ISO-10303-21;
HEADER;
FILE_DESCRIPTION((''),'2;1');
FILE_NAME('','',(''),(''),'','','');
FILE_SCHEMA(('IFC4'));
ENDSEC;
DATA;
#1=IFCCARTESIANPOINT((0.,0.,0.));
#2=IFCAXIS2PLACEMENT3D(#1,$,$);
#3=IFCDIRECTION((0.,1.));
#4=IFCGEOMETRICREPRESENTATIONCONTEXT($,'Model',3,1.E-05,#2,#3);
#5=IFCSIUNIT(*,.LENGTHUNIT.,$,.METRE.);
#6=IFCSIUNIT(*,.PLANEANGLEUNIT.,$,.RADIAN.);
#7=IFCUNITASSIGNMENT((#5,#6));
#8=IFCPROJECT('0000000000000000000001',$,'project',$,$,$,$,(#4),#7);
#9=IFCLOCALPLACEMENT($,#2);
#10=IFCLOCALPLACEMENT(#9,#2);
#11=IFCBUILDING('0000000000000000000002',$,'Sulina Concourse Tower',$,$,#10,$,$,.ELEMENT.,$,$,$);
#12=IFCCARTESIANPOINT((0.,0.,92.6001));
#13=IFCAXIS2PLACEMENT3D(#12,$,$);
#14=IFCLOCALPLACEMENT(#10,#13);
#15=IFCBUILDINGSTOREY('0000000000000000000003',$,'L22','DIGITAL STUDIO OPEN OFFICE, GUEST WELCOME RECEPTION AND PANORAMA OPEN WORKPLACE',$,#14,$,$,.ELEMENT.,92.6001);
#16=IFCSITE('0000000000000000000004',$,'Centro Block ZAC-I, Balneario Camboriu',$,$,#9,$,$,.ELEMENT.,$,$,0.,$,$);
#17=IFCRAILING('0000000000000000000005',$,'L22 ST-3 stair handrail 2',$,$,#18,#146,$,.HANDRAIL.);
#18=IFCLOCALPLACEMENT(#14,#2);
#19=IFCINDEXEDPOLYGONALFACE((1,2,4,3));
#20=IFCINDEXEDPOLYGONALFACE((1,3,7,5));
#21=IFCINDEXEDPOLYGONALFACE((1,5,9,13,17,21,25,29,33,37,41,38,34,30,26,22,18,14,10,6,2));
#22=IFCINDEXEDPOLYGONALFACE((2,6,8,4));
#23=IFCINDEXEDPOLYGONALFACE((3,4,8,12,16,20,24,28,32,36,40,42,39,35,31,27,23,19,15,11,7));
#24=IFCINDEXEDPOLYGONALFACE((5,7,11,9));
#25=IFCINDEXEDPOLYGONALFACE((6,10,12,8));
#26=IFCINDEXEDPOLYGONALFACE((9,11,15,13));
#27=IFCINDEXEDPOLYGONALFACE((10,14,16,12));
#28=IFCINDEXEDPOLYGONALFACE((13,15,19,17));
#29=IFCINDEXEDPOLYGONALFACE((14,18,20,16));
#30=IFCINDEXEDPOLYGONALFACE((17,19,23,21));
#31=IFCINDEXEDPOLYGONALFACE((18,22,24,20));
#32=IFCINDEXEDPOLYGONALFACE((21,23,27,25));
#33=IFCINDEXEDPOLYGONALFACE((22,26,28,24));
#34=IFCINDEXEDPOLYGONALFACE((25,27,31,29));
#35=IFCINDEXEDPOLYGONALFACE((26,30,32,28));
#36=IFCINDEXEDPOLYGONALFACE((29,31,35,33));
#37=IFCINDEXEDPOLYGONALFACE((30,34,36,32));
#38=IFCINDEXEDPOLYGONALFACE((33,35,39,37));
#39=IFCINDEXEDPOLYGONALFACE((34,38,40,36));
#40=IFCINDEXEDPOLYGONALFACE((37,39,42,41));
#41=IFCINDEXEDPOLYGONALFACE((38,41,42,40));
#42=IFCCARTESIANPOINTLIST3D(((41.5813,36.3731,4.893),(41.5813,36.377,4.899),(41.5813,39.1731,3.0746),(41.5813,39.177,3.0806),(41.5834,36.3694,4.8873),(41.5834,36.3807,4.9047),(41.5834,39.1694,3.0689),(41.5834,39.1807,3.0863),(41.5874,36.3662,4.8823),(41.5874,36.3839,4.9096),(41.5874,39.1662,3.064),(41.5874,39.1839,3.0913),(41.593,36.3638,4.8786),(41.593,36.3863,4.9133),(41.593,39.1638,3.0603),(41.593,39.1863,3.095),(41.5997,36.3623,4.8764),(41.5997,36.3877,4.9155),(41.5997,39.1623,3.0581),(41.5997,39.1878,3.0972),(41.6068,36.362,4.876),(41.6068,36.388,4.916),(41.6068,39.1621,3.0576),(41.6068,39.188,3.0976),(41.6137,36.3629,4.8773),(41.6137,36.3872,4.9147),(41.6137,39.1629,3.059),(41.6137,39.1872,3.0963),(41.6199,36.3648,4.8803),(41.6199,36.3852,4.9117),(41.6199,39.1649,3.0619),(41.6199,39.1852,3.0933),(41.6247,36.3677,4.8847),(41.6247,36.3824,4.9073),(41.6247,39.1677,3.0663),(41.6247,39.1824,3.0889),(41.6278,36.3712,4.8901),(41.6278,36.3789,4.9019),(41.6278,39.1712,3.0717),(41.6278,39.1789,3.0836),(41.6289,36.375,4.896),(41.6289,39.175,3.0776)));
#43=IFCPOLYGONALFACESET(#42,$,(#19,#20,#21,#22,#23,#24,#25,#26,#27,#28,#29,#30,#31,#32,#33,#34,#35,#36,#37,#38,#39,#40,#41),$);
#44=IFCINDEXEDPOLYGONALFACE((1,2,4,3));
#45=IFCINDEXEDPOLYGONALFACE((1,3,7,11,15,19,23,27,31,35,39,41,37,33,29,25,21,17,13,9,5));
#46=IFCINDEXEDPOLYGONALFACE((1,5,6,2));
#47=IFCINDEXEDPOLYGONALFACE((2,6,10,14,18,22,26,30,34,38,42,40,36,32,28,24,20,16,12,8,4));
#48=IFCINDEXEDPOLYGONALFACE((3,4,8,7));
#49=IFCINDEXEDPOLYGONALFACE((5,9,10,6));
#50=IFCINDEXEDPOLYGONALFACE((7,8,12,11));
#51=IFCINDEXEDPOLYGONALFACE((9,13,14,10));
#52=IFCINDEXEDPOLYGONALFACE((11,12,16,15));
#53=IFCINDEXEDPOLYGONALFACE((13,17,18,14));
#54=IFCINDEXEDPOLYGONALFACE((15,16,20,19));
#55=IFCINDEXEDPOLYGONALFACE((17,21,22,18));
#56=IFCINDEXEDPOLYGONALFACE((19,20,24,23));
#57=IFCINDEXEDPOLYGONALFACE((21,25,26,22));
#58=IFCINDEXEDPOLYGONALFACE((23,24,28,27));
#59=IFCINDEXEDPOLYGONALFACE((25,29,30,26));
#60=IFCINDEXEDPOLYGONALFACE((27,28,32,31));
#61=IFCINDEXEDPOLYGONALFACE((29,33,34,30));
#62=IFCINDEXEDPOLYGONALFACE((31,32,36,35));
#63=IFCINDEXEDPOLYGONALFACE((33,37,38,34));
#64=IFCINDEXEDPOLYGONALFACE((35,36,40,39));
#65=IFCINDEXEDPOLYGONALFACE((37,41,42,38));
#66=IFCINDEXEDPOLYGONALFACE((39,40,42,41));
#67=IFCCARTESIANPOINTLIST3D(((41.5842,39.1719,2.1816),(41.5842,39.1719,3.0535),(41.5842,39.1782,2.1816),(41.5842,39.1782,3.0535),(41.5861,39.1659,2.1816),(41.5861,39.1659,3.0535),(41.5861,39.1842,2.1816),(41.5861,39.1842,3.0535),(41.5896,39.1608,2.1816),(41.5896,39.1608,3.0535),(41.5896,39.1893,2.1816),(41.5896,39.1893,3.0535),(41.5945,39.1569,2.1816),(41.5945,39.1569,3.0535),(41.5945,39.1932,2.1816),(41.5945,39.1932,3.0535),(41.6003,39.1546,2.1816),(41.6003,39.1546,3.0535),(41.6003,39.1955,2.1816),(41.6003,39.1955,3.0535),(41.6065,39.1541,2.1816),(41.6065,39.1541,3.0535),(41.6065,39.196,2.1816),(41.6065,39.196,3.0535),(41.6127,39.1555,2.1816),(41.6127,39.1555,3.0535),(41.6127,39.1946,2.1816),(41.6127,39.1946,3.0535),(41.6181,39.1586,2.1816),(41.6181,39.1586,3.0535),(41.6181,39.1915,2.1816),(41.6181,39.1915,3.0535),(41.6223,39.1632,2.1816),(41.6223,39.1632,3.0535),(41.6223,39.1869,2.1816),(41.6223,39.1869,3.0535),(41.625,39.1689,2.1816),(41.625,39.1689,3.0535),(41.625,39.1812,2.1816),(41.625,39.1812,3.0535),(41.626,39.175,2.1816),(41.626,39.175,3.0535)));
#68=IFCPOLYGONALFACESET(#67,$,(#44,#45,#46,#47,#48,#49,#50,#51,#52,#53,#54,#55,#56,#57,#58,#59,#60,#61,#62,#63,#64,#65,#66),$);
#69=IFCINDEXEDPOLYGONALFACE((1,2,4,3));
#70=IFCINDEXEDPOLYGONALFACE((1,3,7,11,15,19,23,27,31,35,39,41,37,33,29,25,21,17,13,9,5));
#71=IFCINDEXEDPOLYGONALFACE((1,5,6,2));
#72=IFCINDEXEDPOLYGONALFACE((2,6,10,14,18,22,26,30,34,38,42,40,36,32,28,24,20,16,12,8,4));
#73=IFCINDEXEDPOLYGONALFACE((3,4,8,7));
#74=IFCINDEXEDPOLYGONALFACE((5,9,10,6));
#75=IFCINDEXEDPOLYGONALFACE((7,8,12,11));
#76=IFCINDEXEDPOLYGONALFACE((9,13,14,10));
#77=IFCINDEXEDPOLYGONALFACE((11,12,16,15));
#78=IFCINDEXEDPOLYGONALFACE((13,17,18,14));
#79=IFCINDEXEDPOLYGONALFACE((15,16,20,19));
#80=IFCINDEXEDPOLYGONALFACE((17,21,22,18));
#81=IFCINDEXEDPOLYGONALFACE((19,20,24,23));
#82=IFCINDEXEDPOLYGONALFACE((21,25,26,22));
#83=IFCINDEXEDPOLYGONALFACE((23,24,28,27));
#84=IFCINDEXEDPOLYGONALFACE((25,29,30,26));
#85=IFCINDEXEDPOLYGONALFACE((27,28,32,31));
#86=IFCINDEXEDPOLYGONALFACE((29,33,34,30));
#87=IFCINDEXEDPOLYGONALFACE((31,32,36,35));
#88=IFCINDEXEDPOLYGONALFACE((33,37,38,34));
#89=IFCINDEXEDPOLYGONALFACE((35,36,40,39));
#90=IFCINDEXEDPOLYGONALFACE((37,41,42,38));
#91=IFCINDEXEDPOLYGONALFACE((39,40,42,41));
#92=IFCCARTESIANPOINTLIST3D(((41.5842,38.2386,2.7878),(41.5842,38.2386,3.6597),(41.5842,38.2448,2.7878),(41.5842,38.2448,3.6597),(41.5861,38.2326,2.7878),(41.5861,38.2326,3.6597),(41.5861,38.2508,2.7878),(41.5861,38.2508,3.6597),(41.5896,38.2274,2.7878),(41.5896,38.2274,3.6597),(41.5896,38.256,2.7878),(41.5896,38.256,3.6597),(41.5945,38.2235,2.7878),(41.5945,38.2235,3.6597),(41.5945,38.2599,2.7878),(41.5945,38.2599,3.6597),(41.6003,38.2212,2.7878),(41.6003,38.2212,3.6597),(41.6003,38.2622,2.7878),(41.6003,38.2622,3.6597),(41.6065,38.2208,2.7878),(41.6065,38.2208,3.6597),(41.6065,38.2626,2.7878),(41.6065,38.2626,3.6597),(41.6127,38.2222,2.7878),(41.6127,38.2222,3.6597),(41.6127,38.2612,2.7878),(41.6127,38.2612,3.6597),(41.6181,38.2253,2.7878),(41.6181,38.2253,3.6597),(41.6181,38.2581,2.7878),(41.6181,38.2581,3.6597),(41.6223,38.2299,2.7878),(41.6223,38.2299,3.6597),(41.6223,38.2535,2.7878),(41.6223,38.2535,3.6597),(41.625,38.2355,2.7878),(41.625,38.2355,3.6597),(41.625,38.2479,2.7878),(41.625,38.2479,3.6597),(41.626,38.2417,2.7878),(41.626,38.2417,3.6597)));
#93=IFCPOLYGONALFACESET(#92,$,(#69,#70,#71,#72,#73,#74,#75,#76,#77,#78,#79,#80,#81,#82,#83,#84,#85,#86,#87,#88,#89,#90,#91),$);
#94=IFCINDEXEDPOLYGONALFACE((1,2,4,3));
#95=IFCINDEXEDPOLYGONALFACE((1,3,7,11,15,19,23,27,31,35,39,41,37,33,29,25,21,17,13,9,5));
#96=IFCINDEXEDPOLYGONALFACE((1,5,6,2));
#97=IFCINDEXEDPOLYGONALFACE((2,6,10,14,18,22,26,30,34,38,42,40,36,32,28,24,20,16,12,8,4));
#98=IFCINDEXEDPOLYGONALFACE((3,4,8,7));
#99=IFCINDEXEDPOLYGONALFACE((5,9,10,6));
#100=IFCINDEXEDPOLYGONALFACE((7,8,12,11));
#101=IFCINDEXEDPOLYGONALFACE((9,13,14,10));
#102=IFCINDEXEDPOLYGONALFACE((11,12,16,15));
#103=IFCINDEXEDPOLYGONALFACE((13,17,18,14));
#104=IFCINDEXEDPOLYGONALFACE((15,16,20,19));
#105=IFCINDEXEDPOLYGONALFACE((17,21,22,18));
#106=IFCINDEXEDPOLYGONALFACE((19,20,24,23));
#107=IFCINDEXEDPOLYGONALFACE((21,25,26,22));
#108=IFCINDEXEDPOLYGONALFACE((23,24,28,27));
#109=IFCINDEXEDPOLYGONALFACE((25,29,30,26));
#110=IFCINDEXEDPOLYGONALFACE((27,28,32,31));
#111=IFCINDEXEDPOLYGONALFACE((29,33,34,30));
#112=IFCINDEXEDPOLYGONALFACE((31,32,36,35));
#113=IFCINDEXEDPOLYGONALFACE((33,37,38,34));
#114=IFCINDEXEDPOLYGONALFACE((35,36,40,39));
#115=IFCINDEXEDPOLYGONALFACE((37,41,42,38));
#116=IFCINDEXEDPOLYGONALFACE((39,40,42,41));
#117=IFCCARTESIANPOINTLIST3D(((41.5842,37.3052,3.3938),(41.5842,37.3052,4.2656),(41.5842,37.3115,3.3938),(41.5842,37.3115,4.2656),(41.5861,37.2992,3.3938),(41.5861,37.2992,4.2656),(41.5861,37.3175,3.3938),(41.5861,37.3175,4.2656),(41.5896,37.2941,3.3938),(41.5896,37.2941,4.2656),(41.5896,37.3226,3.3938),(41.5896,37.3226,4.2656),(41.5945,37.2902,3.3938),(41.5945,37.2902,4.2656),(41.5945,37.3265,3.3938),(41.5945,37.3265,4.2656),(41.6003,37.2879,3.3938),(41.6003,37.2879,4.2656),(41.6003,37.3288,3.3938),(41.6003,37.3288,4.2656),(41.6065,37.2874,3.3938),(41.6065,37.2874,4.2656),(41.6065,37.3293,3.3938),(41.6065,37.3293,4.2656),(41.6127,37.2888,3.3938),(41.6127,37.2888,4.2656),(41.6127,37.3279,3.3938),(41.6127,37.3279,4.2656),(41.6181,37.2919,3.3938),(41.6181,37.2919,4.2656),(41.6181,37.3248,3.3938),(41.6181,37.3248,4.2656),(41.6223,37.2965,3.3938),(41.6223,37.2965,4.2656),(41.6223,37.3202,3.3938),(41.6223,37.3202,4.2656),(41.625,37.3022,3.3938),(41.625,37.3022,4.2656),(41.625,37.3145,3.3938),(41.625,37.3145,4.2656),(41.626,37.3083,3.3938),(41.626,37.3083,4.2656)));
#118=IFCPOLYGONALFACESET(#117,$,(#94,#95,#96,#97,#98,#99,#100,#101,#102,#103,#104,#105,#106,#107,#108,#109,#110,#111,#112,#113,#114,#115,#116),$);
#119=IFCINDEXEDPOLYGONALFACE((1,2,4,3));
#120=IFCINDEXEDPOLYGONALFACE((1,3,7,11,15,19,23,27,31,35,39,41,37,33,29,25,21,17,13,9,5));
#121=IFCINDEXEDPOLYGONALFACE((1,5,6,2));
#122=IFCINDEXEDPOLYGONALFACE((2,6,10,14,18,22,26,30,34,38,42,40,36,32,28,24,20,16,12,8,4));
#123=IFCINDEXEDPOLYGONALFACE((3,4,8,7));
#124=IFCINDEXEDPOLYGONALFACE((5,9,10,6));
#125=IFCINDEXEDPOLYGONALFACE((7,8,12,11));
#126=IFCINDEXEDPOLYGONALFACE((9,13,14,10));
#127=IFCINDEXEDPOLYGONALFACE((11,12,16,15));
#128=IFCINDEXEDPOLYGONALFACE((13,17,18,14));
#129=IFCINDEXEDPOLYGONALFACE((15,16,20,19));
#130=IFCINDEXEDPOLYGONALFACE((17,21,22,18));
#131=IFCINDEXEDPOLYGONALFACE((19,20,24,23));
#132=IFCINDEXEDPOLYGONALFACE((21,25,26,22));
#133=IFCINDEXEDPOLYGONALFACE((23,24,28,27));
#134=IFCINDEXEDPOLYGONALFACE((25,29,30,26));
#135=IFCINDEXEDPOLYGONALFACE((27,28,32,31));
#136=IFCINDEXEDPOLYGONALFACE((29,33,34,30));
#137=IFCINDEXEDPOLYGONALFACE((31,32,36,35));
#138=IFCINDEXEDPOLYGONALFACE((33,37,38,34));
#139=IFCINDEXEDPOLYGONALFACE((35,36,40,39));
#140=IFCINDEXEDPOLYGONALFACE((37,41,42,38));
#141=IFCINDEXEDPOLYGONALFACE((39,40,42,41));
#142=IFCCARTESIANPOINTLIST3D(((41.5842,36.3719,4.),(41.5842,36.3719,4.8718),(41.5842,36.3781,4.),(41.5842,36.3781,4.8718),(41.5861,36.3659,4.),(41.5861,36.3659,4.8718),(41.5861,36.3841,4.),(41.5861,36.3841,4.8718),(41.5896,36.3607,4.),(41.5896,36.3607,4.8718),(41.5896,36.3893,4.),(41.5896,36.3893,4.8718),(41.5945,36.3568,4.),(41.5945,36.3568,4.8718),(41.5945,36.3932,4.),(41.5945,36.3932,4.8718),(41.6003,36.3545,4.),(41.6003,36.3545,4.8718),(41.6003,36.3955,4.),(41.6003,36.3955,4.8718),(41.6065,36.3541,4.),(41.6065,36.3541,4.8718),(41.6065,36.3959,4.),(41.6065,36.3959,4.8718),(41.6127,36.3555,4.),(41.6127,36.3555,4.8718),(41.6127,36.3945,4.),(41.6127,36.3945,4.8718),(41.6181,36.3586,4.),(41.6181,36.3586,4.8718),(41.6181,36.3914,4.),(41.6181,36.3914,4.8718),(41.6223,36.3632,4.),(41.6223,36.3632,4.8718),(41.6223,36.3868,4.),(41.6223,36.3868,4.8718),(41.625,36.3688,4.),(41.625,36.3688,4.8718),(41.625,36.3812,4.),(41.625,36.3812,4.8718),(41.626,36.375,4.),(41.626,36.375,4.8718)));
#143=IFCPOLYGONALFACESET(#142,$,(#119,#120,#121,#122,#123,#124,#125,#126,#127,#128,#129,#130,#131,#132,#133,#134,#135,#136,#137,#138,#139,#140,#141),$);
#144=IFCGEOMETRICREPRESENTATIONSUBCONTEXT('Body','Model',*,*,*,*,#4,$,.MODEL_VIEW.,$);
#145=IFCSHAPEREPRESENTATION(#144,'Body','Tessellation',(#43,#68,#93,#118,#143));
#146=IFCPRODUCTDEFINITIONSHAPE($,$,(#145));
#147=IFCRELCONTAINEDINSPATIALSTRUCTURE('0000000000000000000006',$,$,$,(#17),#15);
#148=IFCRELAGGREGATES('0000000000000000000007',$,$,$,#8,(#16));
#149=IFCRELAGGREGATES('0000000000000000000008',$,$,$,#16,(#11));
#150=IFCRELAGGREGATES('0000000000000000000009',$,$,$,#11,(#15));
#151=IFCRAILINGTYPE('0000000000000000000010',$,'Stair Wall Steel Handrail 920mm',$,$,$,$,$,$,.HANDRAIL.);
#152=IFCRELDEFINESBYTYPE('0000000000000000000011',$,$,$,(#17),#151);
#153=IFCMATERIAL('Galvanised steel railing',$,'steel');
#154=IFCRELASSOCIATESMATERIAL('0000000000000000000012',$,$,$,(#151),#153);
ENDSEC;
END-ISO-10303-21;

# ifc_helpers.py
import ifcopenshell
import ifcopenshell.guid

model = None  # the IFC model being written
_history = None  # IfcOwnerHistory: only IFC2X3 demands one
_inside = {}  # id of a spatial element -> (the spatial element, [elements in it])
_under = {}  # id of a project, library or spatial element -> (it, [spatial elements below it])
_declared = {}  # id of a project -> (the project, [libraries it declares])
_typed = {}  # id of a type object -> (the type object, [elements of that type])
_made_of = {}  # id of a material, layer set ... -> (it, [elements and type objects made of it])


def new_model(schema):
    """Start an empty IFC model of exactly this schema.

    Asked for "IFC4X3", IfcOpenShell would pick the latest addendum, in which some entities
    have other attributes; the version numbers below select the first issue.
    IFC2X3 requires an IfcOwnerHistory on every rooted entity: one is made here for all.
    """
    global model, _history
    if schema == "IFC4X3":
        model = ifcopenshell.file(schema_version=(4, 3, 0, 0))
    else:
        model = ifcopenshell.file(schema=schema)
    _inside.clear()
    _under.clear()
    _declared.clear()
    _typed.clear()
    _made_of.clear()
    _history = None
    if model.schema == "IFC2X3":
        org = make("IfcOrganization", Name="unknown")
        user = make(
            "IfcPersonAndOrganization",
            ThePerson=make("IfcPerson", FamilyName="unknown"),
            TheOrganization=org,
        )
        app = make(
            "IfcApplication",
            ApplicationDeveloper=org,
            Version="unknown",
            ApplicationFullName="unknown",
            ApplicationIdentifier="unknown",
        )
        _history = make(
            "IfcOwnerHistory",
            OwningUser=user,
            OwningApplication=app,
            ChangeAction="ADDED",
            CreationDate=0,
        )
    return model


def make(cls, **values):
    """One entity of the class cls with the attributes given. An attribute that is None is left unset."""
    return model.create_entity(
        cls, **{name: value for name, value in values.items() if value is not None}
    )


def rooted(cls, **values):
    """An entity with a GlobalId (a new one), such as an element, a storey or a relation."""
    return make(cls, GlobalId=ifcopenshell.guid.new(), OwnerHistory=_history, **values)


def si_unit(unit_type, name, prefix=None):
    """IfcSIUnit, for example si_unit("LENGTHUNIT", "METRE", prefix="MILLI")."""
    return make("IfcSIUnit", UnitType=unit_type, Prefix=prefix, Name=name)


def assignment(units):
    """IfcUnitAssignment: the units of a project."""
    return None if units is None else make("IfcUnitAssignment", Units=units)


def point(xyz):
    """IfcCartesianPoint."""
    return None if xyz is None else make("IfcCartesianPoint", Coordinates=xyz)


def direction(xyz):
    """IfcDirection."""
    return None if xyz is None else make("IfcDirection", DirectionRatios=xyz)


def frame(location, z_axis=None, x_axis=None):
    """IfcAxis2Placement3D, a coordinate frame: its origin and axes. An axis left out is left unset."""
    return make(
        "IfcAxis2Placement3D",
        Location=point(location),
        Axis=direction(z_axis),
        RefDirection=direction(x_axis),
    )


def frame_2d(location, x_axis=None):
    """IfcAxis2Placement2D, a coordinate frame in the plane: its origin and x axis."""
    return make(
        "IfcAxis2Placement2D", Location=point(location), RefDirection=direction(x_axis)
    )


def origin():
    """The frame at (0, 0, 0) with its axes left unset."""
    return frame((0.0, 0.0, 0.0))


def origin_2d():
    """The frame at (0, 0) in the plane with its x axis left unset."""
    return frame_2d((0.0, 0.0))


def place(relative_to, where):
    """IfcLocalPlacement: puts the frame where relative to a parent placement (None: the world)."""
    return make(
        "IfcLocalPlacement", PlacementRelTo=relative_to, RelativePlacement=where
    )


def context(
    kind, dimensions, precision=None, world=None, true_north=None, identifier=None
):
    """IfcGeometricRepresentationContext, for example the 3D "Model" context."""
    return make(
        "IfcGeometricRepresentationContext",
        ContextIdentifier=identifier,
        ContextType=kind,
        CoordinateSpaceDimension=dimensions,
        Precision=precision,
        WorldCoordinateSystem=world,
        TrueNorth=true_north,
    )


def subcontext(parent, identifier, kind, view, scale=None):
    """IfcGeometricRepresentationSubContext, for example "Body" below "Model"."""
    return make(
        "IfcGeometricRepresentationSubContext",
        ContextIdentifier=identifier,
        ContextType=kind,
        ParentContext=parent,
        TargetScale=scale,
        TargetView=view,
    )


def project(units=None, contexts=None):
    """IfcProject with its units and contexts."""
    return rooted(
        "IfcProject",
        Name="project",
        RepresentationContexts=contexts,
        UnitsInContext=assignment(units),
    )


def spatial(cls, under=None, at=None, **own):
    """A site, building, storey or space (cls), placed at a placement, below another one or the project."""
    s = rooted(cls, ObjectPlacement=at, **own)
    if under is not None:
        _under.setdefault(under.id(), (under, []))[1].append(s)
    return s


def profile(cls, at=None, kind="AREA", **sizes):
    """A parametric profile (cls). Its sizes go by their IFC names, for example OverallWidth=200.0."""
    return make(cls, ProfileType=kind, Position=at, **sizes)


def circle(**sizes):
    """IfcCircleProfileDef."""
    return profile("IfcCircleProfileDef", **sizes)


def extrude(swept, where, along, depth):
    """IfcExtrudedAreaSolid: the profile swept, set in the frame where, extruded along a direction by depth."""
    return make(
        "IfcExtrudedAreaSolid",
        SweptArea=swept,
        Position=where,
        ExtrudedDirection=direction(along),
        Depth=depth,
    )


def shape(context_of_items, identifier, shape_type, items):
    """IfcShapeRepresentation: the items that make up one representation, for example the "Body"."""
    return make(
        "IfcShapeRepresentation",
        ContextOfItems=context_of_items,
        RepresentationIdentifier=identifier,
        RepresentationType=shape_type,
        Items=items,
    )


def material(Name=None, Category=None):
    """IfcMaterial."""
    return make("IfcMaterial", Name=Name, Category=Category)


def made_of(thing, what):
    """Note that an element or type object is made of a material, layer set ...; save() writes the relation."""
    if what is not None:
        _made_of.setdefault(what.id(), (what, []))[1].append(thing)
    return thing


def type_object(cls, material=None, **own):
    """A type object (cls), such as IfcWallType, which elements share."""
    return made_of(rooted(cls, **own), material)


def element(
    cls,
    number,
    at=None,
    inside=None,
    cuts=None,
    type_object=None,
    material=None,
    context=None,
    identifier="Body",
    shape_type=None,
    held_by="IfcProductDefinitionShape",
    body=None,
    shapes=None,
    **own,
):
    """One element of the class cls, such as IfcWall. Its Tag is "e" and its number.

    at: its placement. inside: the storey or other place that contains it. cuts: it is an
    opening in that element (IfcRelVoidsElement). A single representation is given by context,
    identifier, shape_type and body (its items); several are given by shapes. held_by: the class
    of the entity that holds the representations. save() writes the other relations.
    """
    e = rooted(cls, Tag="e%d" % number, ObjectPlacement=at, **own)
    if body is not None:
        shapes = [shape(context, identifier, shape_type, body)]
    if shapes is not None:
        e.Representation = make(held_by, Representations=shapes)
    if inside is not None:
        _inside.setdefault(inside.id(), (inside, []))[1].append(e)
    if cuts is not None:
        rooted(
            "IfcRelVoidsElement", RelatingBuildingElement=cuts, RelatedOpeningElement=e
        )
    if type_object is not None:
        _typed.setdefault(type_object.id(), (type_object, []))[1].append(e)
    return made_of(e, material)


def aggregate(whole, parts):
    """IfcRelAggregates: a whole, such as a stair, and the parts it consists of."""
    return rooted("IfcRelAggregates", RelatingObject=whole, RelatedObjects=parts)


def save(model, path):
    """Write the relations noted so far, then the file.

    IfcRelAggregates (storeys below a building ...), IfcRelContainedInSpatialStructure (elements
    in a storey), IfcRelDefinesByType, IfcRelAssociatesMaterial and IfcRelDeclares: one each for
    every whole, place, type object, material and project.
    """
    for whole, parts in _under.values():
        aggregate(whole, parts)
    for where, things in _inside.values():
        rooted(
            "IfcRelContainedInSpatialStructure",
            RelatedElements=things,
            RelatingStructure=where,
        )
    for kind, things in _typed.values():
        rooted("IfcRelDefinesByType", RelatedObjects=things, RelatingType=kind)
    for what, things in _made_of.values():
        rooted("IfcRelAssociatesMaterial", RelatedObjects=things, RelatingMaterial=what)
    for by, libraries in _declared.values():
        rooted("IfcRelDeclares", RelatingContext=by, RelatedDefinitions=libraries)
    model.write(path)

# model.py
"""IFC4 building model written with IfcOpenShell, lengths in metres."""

from ifc_helpers import new_model, si_unit, direction, frame, origin, origin_2d, place, context, subcontext, project, spatial, circle, extrude, material, type_object, element, save


model = new_model("IFC4")

# Units and contexts
model_context = context("Model", 3, precision=1e-05, world=origin(), true_north=direction((0.0, 1.0)))
body_context = subcontext(model_context, "Body", "Model", "MODEL_VIEW")
ifc_project = project(units=[si_unit("LENGTHUNIT", "METRE"), si_unit("PLANEANGLEUNIT", "RADIAN")], contexts=[model_context])

# Site, building, storey
site_placement = place(None, origin())
site = spatial("IfcSite", under=ifc_project, at=site_placement, Name="Centro Block ZAC-I, Balneario Camboriu", CompositionType="ELEMENT", RefElevation=0.0)
building_placement = place(site_placement, origin())
building = spatial("IfcBuilding", under=site, at=building_placement, Name="Sulina Concourse Tower", CompositionType="ELEMENT")
storey_placement = place(building_placement, frame((0.0, 0.0, 92.6001)))
storey = spatial("IfcBuildingStorey", under=building, at=storey_placement, Name="L22", Description="DIGITAL STUDIO OPEN OFFICE, GUEST WELCOME RECEPTION AND PANORAMA OPEN WORKPLACE", CompositionType="ELEMENT", Elevation=92.6001)

# Railing
ifc_material_1 = material(Name="Galvanised steel railing", Category="steel")
railing_type_1 = type_object("IfcRailingType", Name="Stair Wall Steel Handrail 920mm", PredefinedType="HANDRAIL", material=ifc_material_1)
railing_1_placement = place(storey_placement, frame((41.605, 39.175, 2.1816)))
element("IfcRailing", 1, at=railing_1_placement, inside=storey, type_object=railing_type_1, Name="L22 ST-3 stair handrail 2", PredefinedType="HANDRAIL", context=body_context, shape_type="SweptSolid", body=[
    extrude(circle(Radius=0.0239, at=origin_2d()), frame((0.0, 0.0, 0.896), z_axis=(0.0, -0.838672, 0.544636), x_axis=(1.0, 0.0, 0.0)), (0.0, 0.0, 1.0), 3.3386),
    extrude(circle(Radius=0.021, at=origin_2d()), origin(), (0.0, 0.0, 1.0), 0.8718),
    extrude(circle(Radius=0.021, at=origin_2d()), frame((0.0, -0.9333, 0.6062)), (0.0, 0.0, 1.0), 0.8718),
    extrude(circle(Radius=0.021, at=origin_2d()), frame((0.0, -1.8667, 1.2122)), (0.0, 0.0, 1.0), 0.8718),
    extrude(circle(Radius=0.021, at=origin_2d()), frame((0.0, -2.8, 1.8184)), (0.0, 0.0, 1.0), 0.8718),
])

save(model, "model.ifc")
